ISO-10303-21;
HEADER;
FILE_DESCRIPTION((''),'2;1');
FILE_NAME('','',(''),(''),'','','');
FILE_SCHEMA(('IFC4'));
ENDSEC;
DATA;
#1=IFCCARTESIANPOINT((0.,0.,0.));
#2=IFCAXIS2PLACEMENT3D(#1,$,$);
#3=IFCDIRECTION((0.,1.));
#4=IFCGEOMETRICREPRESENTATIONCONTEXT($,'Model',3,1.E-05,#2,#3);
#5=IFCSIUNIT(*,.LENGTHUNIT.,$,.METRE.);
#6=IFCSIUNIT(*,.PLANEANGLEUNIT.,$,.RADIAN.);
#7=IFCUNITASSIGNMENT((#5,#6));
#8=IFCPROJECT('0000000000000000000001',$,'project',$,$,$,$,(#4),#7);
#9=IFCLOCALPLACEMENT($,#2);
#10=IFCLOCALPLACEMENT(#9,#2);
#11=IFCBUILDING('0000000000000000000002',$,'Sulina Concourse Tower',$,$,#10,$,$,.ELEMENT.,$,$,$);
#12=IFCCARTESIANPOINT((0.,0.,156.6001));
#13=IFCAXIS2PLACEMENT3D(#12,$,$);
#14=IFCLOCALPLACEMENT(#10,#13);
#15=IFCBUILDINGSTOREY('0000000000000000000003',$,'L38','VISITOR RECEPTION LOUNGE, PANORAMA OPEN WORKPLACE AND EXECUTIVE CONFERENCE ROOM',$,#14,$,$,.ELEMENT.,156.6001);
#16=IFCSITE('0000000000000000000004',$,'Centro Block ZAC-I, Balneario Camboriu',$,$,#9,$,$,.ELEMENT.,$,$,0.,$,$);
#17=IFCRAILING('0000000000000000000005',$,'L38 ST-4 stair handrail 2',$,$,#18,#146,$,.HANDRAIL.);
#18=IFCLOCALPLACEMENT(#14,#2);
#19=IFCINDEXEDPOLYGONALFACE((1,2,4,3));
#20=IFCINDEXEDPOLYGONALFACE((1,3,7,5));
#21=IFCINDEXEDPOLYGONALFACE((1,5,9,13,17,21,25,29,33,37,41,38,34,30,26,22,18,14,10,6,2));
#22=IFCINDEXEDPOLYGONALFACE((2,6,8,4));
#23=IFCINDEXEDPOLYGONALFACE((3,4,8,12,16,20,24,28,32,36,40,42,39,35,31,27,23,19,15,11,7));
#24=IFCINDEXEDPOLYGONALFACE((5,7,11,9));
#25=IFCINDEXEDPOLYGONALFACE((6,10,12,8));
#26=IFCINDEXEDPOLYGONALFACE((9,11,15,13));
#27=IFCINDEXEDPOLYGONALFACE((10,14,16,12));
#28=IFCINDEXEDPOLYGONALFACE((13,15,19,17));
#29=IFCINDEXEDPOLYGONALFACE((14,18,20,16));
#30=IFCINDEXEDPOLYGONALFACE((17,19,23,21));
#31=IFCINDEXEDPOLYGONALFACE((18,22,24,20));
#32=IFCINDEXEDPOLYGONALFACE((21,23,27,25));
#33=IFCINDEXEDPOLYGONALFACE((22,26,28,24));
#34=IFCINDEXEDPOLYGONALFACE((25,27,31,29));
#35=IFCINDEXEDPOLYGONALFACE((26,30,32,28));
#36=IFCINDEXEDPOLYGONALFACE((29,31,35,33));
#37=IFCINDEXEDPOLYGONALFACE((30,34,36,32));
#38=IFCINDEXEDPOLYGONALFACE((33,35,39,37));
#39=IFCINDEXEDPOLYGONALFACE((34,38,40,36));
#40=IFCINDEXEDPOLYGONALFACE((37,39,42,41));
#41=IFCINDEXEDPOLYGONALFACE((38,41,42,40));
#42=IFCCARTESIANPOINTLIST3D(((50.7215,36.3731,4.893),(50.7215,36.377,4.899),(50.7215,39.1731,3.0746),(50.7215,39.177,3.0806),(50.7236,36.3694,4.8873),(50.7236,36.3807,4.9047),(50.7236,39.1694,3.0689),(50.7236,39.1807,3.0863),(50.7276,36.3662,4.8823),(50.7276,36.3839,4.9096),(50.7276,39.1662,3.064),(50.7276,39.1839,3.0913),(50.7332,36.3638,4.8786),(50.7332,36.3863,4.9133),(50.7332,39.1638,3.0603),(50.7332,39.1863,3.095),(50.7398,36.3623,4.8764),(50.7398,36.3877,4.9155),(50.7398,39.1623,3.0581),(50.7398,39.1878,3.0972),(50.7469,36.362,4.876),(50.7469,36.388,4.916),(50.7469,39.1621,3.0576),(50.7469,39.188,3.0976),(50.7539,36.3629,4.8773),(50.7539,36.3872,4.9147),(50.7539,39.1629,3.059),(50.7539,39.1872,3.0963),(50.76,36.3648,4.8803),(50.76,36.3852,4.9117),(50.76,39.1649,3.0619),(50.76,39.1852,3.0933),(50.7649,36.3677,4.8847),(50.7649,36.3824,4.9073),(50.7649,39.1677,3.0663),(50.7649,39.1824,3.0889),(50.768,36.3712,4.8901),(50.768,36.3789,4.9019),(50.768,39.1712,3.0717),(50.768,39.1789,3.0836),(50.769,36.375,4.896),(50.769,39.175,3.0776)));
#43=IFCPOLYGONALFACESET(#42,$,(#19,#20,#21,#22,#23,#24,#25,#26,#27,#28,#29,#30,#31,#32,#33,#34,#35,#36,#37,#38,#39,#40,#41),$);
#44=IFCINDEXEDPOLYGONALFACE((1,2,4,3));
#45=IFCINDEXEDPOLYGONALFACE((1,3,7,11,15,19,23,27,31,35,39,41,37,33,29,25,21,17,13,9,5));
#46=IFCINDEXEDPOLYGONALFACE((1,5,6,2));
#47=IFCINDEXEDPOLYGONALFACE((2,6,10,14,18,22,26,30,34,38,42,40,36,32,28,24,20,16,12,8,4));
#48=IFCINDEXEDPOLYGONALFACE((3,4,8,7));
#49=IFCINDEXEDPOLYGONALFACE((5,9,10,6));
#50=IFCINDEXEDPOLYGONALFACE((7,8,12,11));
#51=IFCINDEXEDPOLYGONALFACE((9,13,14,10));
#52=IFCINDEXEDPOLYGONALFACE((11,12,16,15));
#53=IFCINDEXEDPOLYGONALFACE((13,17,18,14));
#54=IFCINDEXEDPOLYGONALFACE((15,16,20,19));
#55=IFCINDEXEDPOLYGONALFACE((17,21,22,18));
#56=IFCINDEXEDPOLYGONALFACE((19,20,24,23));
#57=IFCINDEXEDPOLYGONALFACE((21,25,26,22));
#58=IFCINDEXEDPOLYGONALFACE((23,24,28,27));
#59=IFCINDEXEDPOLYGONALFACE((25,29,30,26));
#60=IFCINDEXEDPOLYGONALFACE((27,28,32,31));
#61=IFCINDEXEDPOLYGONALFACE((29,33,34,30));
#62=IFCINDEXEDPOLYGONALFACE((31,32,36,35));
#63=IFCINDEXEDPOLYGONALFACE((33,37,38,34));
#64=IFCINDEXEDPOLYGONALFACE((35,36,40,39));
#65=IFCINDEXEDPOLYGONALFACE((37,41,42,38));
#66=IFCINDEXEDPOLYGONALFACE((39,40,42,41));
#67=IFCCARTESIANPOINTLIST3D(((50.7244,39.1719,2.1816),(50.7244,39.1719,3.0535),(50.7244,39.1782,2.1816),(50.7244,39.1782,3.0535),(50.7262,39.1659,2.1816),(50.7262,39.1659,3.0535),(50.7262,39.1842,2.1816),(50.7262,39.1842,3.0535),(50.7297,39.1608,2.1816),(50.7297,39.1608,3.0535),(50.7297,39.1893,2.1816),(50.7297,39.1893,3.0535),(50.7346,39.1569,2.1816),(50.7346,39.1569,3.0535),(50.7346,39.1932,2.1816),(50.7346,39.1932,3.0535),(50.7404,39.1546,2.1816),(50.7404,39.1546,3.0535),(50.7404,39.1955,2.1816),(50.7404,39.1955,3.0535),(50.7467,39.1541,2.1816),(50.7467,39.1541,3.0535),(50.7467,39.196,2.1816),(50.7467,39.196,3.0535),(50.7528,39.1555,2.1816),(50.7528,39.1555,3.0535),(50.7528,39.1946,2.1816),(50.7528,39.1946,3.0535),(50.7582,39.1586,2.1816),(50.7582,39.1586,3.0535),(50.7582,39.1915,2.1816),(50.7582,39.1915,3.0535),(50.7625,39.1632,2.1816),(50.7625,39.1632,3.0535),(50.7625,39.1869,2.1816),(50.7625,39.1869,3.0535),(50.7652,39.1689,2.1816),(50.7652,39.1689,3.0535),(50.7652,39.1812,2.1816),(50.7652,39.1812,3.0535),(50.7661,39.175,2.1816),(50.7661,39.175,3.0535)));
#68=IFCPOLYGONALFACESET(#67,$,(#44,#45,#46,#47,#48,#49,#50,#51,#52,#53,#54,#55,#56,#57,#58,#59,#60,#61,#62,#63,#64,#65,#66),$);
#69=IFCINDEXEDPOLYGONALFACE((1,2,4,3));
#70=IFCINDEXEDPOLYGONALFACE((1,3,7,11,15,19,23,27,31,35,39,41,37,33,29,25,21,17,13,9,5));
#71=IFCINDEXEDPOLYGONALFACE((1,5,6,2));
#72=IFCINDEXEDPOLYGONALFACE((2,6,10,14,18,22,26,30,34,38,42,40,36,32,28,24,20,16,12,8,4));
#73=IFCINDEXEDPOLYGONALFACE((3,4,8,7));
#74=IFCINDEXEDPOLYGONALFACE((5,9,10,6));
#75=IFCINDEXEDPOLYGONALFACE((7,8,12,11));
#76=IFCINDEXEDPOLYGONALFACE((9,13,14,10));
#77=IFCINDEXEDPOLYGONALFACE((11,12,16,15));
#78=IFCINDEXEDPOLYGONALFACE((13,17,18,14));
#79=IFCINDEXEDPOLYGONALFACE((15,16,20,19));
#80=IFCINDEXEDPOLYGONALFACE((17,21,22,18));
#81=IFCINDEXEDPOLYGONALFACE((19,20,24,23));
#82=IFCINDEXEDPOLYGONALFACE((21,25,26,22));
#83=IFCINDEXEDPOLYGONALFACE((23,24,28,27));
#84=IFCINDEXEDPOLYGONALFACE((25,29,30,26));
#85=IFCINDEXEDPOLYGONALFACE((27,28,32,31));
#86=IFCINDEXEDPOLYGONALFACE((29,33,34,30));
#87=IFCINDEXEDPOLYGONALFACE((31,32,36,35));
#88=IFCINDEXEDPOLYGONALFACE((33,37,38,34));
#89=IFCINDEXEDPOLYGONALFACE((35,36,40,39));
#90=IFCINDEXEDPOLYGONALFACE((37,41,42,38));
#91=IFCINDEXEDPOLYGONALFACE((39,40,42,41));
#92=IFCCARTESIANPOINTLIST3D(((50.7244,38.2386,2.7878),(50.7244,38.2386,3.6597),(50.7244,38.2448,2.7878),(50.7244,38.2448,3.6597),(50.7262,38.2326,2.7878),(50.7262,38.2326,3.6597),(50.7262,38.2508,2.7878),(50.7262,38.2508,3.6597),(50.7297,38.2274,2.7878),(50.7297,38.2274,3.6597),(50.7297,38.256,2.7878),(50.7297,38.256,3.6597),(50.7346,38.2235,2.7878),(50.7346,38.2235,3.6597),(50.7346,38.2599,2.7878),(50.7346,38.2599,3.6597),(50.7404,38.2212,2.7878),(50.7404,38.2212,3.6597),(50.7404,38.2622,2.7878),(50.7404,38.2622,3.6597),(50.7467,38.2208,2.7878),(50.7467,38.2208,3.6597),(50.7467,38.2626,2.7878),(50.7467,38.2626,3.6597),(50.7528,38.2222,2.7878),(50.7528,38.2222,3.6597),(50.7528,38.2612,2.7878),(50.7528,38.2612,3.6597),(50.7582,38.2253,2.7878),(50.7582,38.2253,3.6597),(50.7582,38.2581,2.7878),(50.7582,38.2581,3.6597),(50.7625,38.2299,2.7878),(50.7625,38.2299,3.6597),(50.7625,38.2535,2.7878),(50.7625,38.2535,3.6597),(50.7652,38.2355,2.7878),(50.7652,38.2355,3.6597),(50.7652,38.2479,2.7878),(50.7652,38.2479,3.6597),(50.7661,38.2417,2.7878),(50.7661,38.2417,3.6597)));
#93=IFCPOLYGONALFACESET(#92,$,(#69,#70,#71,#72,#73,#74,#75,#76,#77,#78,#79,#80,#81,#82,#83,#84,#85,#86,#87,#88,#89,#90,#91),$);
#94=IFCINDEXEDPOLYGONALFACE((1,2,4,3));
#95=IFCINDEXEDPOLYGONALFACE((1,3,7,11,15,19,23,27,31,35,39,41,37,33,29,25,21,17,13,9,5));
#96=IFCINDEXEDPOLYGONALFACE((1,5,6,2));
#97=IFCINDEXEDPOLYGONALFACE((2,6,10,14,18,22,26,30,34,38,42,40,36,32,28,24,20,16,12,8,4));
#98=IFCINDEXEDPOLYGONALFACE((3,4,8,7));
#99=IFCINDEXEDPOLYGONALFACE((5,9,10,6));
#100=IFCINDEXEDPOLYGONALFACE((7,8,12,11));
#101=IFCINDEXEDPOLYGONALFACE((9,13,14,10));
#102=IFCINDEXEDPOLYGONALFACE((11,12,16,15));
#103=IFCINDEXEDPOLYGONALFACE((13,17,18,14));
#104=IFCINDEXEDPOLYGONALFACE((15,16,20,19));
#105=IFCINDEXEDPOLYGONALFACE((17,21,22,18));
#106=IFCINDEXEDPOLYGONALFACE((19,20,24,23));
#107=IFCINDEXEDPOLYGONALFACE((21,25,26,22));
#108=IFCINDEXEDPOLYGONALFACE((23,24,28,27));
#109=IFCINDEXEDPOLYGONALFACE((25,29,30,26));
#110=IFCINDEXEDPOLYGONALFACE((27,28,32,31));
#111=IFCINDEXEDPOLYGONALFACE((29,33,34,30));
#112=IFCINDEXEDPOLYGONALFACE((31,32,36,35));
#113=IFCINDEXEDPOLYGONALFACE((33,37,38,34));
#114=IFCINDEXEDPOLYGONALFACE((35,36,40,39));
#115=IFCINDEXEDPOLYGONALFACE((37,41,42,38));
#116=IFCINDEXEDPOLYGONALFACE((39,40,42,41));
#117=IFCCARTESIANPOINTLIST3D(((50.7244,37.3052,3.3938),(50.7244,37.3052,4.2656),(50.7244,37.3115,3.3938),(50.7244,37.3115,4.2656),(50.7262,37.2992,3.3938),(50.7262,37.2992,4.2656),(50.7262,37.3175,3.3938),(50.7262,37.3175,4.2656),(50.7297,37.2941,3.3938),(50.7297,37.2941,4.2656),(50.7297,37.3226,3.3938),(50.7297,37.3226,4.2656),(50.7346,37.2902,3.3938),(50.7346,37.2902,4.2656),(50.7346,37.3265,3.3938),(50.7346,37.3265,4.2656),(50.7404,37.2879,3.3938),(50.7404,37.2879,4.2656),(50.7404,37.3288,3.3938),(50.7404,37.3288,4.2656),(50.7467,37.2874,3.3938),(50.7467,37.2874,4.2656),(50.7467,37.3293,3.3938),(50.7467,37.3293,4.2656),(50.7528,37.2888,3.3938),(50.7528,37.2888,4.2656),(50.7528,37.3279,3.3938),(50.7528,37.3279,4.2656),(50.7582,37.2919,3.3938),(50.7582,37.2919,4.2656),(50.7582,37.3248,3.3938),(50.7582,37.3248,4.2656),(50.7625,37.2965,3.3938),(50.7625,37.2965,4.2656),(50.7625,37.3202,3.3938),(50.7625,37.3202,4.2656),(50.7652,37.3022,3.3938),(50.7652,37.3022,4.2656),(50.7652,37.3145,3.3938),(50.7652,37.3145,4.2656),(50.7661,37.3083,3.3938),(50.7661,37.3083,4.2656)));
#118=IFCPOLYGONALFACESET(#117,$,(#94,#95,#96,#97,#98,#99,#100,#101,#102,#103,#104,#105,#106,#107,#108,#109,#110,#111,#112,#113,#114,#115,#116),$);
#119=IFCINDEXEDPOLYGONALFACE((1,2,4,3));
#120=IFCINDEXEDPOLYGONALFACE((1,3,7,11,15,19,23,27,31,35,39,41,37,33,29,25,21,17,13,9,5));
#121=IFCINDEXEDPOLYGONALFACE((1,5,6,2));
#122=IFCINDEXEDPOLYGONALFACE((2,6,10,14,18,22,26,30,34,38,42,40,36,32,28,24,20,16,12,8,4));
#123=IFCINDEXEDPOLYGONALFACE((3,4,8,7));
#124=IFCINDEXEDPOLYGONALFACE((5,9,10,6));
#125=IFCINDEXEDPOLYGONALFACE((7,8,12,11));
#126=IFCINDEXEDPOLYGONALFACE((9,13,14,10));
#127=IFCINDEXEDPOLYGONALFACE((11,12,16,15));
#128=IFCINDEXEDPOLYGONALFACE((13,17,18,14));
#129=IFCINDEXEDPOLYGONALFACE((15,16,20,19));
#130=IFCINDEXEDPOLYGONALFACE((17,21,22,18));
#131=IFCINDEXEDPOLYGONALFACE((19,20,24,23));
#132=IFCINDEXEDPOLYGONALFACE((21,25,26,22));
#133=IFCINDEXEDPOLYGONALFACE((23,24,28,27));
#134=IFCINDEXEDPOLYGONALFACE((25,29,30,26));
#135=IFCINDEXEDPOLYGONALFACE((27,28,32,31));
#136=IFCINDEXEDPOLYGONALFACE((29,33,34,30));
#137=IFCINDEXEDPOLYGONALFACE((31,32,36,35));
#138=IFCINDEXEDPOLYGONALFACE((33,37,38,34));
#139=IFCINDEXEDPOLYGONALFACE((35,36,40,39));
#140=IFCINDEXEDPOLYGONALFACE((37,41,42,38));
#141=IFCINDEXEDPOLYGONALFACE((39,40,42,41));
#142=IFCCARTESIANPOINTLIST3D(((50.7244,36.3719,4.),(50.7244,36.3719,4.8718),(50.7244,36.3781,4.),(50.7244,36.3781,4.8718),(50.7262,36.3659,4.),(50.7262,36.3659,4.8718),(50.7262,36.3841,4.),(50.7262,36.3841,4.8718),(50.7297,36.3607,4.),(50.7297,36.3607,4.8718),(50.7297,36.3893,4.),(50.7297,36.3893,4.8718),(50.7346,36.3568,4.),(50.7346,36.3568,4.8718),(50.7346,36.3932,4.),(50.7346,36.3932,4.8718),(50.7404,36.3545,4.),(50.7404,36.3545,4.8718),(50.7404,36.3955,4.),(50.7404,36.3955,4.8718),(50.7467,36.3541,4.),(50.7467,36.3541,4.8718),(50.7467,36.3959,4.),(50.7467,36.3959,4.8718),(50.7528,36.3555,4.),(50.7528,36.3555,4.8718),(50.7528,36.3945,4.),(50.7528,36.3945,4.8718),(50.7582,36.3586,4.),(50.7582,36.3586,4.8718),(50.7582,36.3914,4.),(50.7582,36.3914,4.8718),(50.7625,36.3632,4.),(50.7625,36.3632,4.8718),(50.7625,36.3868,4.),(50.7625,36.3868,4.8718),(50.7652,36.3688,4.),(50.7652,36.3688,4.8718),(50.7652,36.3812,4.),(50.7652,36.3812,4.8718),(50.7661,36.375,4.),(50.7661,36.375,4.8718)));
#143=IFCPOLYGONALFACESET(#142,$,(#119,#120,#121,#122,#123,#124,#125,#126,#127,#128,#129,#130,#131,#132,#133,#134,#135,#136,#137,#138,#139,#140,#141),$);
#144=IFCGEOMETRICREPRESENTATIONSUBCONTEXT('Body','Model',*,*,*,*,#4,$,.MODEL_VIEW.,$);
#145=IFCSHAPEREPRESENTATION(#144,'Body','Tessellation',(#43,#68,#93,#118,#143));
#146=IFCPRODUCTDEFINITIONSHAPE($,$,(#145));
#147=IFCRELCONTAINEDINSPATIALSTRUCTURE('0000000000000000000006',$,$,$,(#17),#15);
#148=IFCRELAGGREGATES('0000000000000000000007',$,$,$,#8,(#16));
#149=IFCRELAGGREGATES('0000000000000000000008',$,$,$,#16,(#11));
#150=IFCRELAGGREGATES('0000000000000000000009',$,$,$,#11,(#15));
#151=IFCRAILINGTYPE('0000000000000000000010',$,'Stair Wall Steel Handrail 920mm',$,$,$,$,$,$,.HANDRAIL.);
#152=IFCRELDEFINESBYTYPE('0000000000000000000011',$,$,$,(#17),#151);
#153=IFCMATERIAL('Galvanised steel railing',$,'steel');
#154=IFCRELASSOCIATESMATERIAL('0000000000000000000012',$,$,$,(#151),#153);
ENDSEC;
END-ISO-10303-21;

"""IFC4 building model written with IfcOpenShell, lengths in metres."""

from ifc_helpers import new_model, si_unit, direction, frame, origin, origin_2d, place, context, subcontext, project, spatial, circle, extrude, material, type_object, element, save


model = new_model("IFC4")

# Units and contexts
model_context = context("Model", 3, precision=1e-05, world=origin(), true_north=direction((0.0, 1.0)))
body_context = subcontext(model_context, "Body", "Model", "MODEL_VIEW")
ifc_project = project(units=[si_unit("LENGTHUNIT", "METRE"), si_unit("PLANEANGLEUNIT", "RADIAN")], contexts=[model_context])

# Site, building, storey
site_placement = place(None, origin())
site = spatial("IfcSite", under=ifc_project, at=site_placement, Name="Centro Block ZAC-I, Balneario Camboriu", CompositionType="ELEMENT", RefElevation=0.0)
building_placement = place(site_placement, origin())
building = spatial("IfcBuilding", under=site, at=building_placement, Name="Sulina Concourse Tower", CompositionType="ELEMENT")
storey_placement = place(building_placement, frame((0.0, 0.0, 156.6001)))
storey = spatial("IfcBuildingStorey", under=building, at=storey_placement, Name="L38", Description="VISITOR RECEPTION LOUNGE, PANORAMA OPEN WORKPLACE AND EXECUTIVE CONFERENCE ROOM", CompositionType="ELEMENT", Elevation=156.6001)

# Railing
ifc_material_1 = material(Name="Galvanised steel railing", Category="steel")
railing_type_1 = type_object("IfcRailingType", Name="Stair Wall Steel Handrail 920mm", PredefinedType="HANDRAIL", material=ifc_material_1)
railing_1_placement = place(storey_placement, frame((50.7451, 39.175, 2.1816)))
element("IfcRailing", 1, at=railing_1_placement, inside=storey, type_object=railing_type_1, Name="L38 ST-4 stair handrail 2", PredefinedType="HANDRAIL", context=body_context, shape_type="SweptSolid", body=[
    extrude(circle(Radius=0.0239, at=origin_2d()), frame((0.0, 0.0, 0.896), z_axis=(0.0, -0.838672, 0.544636), x_axis=(1.0, 0.0, 0.0)), (0.0, 0.0, 1.0), 3.3386),
    extrude(circle(Radius=0.021, at=origin_2d()), origin(), (0.0, 0.0, 1.0), 0.8718),
    extrude(circle(Radius=0.021, at=origin_2d()), frame((0.0, -0.9333, 0.6062)), (0.0, 0.0, 1.0), 0.8718),
    extrude(circle(Radius=0.021, at=origin_2d()), frame((0.0, -1.8667, 1.2122)), (0.0, 0.0, 1.0), 0.8718),
    extrude(circle(Radius=0.021, at=origin_2d()), frame((0.0, -2.8, 1.8184)), (0.0, 0.0, 1.0), 0.8718),
])

save(model, "model.ifc")
